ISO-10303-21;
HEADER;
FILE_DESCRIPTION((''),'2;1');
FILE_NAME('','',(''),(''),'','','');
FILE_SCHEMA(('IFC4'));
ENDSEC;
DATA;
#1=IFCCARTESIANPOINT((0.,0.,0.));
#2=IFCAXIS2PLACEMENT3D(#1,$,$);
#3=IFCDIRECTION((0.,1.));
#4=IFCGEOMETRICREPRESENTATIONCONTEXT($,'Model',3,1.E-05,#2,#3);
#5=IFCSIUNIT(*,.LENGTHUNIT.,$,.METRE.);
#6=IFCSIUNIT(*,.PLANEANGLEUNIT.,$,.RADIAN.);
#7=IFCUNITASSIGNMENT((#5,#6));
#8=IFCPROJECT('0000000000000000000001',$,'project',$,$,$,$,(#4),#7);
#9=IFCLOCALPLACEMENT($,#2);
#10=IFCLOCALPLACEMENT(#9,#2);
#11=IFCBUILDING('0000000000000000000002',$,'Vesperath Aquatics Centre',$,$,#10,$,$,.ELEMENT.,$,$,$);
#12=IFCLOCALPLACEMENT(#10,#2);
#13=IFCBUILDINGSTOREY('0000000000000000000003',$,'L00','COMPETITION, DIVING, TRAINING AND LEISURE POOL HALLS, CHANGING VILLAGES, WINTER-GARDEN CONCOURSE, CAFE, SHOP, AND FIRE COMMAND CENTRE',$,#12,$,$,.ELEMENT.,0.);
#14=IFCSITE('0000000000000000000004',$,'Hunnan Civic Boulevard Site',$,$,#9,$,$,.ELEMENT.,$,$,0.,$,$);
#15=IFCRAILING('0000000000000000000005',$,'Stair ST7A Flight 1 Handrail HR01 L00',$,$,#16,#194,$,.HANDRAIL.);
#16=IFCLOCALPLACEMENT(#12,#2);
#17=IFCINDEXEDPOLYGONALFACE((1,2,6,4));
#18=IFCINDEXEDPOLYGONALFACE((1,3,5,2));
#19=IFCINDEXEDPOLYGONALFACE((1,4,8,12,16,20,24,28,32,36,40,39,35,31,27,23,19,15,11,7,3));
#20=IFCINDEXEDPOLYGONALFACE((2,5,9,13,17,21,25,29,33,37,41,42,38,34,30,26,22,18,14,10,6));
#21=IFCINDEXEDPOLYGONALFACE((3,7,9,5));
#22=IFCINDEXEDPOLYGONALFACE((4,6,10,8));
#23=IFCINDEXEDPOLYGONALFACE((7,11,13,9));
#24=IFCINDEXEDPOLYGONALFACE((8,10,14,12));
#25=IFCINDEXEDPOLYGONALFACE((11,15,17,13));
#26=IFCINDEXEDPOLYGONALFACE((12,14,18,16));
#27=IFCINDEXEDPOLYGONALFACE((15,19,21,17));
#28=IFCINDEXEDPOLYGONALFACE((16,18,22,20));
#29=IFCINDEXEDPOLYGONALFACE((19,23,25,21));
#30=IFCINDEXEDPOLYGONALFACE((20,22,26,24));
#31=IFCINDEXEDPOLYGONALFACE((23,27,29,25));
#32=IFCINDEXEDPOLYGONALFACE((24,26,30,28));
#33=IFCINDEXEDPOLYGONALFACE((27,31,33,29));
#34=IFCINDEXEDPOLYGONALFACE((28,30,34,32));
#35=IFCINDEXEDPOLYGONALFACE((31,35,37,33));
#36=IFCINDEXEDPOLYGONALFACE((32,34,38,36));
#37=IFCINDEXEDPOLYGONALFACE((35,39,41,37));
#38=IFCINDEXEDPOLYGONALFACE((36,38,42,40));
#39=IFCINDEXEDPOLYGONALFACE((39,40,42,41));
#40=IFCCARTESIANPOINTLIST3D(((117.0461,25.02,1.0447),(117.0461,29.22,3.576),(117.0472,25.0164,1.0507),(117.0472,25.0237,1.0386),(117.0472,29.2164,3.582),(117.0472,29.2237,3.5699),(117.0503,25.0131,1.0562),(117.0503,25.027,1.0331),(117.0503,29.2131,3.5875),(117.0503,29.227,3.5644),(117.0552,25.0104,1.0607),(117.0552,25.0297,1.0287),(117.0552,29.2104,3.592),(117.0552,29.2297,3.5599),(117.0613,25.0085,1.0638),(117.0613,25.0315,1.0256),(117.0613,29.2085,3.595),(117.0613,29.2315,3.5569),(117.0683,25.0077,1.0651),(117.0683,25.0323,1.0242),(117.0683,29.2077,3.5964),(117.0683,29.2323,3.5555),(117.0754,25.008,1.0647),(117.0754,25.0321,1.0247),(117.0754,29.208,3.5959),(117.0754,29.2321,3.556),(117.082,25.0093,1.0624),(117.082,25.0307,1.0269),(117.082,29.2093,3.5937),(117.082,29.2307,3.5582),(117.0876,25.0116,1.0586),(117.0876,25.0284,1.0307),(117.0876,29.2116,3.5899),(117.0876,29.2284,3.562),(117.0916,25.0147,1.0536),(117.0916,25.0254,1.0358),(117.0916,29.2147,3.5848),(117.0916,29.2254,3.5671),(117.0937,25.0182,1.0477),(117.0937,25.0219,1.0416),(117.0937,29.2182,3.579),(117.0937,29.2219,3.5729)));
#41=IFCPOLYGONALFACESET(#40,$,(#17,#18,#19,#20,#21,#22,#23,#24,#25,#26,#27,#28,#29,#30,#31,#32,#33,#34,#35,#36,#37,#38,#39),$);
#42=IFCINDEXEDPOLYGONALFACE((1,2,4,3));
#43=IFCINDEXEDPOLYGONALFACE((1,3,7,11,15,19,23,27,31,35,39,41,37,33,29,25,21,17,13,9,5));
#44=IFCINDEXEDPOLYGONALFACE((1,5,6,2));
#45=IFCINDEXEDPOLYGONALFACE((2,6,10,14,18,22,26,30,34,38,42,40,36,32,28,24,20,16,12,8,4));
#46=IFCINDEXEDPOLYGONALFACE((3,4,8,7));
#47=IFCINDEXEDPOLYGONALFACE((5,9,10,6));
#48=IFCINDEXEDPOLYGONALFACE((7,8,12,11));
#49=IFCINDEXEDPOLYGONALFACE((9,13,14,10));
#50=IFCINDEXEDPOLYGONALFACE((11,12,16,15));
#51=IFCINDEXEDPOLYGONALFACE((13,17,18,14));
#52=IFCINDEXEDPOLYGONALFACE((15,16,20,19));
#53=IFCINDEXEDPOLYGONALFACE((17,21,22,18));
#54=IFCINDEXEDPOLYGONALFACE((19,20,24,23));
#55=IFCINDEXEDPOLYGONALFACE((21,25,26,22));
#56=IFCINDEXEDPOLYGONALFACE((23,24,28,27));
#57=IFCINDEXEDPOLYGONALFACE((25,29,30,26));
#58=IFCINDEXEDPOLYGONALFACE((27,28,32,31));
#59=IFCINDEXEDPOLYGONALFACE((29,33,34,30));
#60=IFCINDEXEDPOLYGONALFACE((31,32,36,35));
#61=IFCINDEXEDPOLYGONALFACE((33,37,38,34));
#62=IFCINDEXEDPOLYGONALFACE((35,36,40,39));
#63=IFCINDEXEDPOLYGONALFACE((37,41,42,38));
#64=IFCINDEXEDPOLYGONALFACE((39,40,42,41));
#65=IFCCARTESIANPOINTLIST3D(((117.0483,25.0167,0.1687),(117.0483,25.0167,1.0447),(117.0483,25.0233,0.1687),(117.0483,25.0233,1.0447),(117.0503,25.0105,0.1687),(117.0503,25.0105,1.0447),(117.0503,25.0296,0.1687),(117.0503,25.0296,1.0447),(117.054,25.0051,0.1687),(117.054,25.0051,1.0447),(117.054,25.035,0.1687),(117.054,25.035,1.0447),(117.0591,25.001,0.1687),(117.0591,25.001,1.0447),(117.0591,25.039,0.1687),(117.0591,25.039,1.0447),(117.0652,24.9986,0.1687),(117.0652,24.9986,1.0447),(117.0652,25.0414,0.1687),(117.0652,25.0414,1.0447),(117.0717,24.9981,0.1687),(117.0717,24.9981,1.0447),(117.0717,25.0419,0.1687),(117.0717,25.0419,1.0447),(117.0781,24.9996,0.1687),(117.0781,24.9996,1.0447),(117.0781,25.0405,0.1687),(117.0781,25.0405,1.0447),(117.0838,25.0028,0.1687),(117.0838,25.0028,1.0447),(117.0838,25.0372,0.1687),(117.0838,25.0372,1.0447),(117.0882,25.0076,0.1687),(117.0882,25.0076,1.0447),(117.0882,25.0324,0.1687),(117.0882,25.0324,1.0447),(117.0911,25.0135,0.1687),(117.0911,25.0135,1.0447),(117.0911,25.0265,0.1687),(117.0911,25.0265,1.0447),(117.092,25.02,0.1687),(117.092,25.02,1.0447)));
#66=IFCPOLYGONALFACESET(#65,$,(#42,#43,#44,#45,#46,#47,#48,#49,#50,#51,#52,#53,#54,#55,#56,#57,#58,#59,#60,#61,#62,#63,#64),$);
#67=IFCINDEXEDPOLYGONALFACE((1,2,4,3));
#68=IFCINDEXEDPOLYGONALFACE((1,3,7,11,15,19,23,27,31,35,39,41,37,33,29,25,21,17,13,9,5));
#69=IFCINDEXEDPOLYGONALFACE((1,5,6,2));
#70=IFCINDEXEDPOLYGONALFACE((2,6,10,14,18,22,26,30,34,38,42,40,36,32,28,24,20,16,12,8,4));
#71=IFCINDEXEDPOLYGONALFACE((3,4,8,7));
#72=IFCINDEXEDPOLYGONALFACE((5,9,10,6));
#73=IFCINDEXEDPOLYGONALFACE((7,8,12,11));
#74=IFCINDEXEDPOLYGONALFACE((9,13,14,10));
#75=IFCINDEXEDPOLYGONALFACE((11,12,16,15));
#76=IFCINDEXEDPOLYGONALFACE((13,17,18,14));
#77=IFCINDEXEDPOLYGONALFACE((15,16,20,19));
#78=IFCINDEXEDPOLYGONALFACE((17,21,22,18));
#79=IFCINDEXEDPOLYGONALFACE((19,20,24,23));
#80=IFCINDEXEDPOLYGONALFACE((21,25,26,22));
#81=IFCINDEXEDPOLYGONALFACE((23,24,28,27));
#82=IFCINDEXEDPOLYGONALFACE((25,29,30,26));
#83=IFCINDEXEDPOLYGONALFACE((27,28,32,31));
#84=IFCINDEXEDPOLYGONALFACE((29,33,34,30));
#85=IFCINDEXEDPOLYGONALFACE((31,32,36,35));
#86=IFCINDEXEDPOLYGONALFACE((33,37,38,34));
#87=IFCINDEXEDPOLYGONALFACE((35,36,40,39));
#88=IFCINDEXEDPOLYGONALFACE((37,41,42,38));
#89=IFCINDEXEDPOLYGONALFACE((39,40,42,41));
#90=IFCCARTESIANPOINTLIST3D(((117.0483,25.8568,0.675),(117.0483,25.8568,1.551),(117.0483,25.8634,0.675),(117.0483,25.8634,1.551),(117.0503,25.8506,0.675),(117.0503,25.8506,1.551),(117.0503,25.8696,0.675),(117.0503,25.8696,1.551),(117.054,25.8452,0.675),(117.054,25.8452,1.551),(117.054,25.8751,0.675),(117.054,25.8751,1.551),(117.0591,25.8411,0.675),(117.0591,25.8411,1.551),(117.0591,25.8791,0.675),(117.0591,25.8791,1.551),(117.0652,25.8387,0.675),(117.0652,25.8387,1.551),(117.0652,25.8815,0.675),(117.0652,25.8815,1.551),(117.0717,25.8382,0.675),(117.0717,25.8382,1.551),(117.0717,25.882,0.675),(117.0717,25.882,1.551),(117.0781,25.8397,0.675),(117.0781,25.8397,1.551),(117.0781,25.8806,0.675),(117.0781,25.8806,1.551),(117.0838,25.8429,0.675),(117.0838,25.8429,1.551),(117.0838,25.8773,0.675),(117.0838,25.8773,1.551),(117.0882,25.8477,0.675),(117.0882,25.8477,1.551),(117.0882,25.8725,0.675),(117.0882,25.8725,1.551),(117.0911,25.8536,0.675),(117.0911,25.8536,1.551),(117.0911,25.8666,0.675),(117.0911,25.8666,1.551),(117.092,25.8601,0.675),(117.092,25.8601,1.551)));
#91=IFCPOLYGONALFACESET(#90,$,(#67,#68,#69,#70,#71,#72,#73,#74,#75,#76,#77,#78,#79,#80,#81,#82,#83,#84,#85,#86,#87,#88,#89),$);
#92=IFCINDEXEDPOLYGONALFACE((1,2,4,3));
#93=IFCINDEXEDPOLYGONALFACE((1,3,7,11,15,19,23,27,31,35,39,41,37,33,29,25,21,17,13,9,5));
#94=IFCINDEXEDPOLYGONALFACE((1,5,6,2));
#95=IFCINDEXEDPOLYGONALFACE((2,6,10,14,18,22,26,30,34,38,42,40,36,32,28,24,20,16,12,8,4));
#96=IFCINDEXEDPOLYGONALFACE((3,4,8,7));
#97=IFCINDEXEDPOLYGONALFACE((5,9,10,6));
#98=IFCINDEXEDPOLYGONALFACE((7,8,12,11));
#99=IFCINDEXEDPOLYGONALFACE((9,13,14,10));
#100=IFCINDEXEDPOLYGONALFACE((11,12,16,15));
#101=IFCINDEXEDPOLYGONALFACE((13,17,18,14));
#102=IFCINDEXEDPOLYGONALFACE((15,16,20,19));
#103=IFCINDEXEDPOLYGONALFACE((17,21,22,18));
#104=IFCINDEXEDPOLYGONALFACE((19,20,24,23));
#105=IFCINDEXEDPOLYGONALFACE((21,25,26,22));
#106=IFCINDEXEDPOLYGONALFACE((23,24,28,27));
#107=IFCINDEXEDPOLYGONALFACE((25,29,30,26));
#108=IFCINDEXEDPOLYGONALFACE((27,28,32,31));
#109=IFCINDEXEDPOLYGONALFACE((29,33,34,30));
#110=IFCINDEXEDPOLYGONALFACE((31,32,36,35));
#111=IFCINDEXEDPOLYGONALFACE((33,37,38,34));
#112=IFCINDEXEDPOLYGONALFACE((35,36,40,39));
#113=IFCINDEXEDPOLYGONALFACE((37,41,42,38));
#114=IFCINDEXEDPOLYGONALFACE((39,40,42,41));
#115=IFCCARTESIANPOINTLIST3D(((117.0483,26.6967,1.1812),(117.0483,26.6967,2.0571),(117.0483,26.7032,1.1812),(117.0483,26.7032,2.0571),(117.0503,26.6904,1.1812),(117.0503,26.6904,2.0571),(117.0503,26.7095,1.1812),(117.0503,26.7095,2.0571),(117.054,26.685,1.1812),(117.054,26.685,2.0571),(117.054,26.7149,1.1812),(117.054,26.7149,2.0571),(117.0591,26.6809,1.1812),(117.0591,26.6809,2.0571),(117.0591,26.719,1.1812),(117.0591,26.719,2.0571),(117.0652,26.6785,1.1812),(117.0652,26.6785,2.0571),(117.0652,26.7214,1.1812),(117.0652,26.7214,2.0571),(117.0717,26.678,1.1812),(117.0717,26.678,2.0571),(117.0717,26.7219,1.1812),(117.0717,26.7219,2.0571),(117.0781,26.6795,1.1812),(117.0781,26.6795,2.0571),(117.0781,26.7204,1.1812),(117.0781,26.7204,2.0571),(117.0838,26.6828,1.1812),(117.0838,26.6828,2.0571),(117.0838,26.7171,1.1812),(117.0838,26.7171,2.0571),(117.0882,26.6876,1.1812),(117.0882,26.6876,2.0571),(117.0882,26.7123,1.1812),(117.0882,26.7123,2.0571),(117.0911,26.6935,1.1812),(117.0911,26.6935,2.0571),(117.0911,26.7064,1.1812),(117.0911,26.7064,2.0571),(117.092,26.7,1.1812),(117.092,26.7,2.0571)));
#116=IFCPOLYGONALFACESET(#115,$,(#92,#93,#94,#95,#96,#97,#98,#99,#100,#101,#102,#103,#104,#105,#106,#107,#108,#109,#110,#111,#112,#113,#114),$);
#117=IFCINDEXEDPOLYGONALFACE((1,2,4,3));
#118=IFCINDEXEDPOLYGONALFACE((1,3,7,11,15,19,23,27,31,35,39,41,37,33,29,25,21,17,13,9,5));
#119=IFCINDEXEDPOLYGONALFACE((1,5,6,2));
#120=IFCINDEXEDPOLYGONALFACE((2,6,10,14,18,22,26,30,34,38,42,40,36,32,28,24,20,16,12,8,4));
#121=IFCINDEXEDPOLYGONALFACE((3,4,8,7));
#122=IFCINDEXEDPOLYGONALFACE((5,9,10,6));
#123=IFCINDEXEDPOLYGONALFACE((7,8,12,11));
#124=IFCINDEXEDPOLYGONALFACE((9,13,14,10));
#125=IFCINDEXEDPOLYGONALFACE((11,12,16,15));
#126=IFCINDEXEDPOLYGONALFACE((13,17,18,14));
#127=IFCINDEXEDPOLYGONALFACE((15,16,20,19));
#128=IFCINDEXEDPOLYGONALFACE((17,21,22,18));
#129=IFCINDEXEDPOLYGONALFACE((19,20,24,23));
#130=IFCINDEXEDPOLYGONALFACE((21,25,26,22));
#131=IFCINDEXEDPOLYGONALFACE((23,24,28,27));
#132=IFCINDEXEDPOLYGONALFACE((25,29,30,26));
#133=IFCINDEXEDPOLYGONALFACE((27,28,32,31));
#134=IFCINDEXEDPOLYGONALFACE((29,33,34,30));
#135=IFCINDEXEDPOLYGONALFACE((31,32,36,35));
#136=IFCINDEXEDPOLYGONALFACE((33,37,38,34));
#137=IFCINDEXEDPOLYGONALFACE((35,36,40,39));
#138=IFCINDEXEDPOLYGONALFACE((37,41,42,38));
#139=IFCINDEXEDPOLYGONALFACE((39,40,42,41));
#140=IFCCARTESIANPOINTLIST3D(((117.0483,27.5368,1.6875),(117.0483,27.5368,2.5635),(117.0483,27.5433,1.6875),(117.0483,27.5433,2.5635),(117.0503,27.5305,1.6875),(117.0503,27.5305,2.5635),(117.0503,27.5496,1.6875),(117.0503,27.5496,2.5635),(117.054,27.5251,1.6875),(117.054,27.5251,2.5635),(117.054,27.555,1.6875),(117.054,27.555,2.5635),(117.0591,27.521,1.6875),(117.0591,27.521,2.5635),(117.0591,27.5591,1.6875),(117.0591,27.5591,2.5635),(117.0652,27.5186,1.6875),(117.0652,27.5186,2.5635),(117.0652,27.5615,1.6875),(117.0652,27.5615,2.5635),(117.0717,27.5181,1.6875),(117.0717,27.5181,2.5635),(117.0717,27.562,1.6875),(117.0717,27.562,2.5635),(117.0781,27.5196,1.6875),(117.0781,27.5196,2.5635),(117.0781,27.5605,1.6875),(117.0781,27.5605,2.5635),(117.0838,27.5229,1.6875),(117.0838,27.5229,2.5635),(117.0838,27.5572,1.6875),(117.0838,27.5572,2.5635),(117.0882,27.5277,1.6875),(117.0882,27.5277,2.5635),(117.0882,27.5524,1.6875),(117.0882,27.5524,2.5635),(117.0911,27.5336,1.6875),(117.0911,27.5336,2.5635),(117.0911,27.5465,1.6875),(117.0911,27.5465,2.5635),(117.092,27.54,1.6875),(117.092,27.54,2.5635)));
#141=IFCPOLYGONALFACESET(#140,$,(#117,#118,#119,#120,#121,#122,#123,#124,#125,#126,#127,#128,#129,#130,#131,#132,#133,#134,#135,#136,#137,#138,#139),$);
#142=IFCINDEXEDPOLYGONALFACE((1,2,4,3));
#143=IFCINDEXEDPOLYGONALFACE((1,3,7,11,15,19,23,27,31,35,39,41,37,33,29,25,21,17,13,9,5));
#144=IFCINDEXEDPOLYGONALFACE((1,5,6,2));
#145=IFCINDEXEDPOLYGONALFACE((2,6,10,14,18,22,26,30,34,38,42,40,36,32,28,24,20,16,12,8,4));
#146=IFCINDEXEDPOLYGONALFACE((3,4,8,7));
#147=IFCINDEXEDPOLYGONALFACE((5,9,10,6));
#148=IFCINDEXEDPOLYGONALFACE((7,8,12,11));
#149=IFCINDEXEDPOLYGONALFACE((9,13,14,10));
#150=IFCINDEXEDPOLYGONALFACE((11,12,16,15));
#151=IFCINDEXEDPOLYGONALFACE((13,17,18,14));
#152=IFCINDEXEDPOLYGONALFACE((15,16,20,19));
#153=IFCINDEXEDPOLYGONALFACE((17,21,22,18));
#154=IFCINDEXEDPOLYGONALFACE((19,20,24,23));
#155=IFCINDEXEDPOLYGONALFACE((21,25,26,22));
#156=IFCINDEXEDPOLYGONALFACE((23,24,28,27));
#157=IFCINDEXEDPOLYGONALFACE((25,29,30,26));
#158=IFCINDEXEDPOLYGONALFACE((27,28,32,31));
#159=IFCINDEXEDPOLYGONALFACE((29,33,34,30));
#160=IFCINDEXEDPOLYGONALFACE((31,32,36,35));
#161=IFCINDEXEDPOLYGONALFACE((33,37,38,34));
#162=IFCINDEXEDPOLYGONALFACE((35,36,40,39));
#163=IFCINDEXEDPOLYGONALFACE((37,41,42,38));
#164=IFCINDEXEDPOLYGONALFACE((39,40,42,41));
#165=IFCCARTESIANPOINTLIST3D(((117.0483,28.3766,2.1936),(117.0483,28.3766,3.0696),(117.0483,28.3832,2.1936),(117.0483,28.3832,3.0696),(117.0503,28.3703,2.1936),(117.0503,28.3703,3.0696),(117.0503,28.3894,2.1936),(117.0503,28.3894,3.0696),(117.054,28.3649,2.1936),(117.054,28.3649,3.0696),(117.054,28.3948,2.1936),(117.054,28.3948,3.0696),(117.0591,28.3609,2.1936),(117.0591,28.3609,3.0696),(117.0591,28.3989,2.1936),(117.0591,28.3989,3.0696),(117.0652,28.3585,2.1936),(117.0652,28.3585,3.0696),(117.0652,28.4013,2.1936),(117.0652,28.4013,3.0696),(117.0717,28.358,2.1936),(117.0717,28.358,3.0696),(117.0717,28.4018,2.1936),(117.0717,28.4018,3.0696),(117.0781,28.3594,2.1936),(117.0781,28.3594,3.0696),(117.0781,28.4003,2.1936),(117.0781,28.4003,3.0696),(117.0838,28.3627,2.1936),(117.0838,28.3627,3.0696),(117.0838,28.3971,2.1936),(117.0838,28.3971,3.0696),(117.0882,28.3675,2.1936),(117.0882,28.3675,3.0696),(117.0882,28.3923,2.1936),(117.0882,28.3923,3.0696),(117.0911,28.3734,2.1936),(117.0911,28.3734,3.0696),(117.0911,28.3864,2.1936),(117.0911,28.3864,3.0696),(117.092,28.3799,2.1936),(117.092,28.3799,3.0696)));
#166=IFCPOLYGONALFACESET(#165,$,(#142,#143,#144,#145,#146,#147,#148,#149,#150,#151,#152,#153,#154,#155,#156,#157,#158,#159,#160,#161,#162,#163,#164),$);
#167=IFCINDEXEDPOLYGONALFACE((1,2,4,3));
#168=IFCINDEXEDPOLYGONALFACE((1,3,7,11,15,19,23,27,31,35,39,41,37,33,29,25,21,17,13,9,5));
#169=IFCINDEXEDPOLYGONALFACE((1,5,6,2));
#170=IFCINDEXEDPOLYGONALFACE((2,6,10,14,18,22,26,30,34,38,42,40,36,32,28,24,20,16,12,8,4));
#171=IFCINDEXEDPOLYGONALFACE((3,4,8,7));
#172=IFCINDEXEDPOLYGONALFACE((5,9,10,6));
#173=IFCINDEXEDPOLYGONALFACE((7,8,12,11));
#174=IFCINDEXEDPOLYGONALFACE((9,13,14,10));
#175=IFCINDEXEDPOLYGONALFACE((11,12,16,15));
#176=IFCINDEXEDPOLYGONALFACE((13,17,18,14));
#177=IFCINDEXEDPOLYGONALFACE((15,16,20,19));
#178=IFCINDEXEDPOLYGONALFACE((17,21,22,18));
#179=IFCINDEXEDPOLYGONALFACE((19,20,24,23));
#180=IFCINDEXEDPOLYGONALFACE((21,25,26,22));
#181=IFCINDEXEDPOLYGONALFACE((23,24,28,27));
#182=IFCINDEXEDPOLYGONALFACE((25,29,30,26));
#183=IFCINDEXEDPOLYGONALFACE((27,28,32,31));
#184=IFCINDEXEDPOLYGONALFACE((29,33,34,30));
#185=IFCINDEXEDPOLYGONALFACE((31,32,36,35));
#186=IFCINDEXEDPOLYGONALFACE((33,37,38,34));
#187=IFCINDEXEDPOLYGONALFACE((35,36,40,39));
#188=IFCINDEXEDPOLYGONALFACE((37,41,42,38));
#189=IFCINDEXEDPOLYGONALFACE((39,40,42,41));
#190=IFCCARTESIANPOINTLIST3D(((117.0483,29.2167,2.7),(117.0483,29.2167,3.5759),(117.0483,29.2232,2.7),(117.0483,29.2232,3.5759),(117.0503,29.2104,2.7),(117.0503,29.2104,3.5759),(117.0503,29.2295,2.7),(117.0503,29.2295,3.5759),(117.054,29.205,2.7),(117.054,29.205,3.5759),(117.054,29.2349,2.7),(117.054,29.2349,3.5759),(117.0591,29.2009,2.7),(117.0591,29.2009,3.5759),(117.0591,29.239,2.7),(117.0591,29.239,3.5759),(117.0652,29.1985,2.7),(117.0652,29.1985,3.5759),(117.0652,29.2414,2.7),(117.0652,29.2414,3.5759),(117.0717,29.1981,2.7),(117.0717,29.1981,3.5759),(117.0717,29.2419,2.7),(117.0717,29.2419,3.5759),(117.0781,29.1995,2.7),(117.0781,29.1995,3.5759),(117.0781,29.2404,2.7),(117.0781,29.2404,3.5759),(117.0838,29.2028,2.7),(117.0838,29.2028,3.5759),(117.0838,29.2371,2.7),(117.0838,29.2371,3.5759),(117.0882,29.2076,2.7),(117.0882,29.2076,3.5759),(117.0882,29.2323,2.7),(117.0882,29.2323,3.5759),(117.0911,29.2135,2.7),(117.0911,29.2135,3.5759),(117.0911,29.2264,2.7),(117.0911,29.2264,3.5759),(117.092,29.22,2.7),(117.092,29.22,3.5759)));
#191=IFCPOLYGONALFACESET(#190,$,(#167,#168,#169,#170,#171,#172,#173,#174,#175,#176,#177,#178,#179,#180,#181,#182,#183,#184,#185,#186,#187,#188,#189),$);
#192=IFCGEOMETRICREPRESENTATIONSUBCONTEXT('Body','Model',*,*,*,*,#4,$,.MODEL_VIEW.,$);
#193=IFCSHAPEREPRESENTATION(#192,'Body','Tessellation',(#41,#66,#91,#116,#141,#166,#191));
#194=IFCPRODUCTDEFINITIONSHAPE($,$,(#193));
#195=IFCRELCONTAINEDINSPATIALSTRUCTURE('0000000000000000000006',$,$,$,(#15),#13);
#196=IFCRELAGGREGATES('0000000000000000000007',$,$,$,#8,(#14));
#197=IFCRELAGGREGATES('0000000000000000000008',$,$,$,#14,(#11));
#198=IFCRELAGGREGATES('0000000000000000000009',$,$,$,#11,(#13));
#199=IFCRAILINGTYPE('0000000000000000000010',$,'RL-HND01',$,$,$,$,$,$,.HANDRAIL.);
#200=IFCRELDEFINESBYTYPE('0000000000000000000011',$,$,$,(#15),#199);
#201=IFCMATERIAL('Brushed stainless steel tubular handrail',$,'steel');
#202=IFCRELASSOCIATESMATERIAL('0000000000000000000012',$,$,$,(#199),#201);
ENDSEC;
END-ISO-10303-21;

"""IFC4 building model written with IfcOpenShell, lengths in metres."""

from ifc_helpers import new_model, si_unit, direction, frame, origin, origin_2d, place, context, subcontext, project, spatial, circle, extrude, material, type_object, element, save


model = new_model("IFC4")

# Units and contexts
model_context = context("Model", 3, precision=1e-05, world=origin(), true_north=direction((0.0, 1.0)))
body_context = subcontext(model_context, "Body", "Model", "MODEL_VIEW")
ifc_project = project(units=[si_unit("LENGTHUNIT", "METRE"), si_unit("PLANEANGLEUNIT", "RADIAN")], contexts=[model_context])

# Site, building, storey
site_placement = place(None, origin())
site = spatial("IfcSite", under=ifc_project, at=site_placement, Name="Hunnan Civic Boulevard Site", CompositionType="ELEMENT", RefElevation=0.0)
building_placement = place(site_placement, origin())
building = spatial("IfcBuilding", under=site, at=building_placement, Name="Vesperath Aquatics Centre", CompositionType="ELEMENT")
storey_placement = place(building_placement, origin())
storey = spatial("IfcBuildingStorey", under=building, at=storey_placement, Name="L00", Description="COMPETITION, DIVING, TRAINING AND LEISURE POOL HALLS, CHANGING VILLAGES, WINTER-GARDEN CONCOURSE, CAFE, SHOP, AND FIRE COMMAND CENTRE", CompositionType="ELEMENT", Elevation=0.0)

# Railing
ifc_material_1 = material(Name="Brushed stainless steel tubular handrail", Category="steel")
railing_type_1 = type_object("IfcRailingType", Name="RL-HND01", PredefinedType="HANDRAIL", material=ifc_material_1)
railing_1_placement = place(storey_placement, frame((117.0701, 25.02, 0.1687)))
element("IfcRailing", 1, at=railing_1_placement, inside=storey, type_object=railing_type_1, Name="Stair ST7A Flight 1 Handrail HR01 L00", PredefinedType="HANDRAIL", context=body_context, shape_type="SweptSolid", body=[
    extrude(circle(Radius=0.0239, at=origin_2d()), frame((0.0, 0.0, 0.876), z_axis=(0.0, 0.856476, 0.516186), x_axis=(-1.0, 0.0, 0.0)), (0.0, 0.0, 1.0), 4.9038),
    extrude(circle(Radius=0.022, at=origin_2d()), origin(), (0.0, 0.0, 1.0), 0.876),
    extrude(circle(Radius=0.022, at=origin_2d()), frame((0.0, 0.8401, 0.5063)), (0.0, 0.0, 1.0), 0.876),
    extrude(circle(Radius=0.022, at=origin_2d()), frame((0.0, 1.6799, 1.0125)), (0.0, 0.0, 1.0), 0.876),
    extrude(circle(Radius=0.022, at=origin_2d()), frame((0.0, 2.52, 1.5188)), (0.0, 0.0, 1.0), 0.876),
    extrude(circle(Radius=0.022, at=origin_2d()), frame((0.0, 3.3599, 2.0249)), (0.0, 0.0, 1.0), 0.876),
    extrude(circle(Radius=0.022, at=origin_2d()), frame((0.0, 4.2, 2.5312)), (0.0, 0.0, 1.0), 0.876),
])

save(model, "model.ifc")
